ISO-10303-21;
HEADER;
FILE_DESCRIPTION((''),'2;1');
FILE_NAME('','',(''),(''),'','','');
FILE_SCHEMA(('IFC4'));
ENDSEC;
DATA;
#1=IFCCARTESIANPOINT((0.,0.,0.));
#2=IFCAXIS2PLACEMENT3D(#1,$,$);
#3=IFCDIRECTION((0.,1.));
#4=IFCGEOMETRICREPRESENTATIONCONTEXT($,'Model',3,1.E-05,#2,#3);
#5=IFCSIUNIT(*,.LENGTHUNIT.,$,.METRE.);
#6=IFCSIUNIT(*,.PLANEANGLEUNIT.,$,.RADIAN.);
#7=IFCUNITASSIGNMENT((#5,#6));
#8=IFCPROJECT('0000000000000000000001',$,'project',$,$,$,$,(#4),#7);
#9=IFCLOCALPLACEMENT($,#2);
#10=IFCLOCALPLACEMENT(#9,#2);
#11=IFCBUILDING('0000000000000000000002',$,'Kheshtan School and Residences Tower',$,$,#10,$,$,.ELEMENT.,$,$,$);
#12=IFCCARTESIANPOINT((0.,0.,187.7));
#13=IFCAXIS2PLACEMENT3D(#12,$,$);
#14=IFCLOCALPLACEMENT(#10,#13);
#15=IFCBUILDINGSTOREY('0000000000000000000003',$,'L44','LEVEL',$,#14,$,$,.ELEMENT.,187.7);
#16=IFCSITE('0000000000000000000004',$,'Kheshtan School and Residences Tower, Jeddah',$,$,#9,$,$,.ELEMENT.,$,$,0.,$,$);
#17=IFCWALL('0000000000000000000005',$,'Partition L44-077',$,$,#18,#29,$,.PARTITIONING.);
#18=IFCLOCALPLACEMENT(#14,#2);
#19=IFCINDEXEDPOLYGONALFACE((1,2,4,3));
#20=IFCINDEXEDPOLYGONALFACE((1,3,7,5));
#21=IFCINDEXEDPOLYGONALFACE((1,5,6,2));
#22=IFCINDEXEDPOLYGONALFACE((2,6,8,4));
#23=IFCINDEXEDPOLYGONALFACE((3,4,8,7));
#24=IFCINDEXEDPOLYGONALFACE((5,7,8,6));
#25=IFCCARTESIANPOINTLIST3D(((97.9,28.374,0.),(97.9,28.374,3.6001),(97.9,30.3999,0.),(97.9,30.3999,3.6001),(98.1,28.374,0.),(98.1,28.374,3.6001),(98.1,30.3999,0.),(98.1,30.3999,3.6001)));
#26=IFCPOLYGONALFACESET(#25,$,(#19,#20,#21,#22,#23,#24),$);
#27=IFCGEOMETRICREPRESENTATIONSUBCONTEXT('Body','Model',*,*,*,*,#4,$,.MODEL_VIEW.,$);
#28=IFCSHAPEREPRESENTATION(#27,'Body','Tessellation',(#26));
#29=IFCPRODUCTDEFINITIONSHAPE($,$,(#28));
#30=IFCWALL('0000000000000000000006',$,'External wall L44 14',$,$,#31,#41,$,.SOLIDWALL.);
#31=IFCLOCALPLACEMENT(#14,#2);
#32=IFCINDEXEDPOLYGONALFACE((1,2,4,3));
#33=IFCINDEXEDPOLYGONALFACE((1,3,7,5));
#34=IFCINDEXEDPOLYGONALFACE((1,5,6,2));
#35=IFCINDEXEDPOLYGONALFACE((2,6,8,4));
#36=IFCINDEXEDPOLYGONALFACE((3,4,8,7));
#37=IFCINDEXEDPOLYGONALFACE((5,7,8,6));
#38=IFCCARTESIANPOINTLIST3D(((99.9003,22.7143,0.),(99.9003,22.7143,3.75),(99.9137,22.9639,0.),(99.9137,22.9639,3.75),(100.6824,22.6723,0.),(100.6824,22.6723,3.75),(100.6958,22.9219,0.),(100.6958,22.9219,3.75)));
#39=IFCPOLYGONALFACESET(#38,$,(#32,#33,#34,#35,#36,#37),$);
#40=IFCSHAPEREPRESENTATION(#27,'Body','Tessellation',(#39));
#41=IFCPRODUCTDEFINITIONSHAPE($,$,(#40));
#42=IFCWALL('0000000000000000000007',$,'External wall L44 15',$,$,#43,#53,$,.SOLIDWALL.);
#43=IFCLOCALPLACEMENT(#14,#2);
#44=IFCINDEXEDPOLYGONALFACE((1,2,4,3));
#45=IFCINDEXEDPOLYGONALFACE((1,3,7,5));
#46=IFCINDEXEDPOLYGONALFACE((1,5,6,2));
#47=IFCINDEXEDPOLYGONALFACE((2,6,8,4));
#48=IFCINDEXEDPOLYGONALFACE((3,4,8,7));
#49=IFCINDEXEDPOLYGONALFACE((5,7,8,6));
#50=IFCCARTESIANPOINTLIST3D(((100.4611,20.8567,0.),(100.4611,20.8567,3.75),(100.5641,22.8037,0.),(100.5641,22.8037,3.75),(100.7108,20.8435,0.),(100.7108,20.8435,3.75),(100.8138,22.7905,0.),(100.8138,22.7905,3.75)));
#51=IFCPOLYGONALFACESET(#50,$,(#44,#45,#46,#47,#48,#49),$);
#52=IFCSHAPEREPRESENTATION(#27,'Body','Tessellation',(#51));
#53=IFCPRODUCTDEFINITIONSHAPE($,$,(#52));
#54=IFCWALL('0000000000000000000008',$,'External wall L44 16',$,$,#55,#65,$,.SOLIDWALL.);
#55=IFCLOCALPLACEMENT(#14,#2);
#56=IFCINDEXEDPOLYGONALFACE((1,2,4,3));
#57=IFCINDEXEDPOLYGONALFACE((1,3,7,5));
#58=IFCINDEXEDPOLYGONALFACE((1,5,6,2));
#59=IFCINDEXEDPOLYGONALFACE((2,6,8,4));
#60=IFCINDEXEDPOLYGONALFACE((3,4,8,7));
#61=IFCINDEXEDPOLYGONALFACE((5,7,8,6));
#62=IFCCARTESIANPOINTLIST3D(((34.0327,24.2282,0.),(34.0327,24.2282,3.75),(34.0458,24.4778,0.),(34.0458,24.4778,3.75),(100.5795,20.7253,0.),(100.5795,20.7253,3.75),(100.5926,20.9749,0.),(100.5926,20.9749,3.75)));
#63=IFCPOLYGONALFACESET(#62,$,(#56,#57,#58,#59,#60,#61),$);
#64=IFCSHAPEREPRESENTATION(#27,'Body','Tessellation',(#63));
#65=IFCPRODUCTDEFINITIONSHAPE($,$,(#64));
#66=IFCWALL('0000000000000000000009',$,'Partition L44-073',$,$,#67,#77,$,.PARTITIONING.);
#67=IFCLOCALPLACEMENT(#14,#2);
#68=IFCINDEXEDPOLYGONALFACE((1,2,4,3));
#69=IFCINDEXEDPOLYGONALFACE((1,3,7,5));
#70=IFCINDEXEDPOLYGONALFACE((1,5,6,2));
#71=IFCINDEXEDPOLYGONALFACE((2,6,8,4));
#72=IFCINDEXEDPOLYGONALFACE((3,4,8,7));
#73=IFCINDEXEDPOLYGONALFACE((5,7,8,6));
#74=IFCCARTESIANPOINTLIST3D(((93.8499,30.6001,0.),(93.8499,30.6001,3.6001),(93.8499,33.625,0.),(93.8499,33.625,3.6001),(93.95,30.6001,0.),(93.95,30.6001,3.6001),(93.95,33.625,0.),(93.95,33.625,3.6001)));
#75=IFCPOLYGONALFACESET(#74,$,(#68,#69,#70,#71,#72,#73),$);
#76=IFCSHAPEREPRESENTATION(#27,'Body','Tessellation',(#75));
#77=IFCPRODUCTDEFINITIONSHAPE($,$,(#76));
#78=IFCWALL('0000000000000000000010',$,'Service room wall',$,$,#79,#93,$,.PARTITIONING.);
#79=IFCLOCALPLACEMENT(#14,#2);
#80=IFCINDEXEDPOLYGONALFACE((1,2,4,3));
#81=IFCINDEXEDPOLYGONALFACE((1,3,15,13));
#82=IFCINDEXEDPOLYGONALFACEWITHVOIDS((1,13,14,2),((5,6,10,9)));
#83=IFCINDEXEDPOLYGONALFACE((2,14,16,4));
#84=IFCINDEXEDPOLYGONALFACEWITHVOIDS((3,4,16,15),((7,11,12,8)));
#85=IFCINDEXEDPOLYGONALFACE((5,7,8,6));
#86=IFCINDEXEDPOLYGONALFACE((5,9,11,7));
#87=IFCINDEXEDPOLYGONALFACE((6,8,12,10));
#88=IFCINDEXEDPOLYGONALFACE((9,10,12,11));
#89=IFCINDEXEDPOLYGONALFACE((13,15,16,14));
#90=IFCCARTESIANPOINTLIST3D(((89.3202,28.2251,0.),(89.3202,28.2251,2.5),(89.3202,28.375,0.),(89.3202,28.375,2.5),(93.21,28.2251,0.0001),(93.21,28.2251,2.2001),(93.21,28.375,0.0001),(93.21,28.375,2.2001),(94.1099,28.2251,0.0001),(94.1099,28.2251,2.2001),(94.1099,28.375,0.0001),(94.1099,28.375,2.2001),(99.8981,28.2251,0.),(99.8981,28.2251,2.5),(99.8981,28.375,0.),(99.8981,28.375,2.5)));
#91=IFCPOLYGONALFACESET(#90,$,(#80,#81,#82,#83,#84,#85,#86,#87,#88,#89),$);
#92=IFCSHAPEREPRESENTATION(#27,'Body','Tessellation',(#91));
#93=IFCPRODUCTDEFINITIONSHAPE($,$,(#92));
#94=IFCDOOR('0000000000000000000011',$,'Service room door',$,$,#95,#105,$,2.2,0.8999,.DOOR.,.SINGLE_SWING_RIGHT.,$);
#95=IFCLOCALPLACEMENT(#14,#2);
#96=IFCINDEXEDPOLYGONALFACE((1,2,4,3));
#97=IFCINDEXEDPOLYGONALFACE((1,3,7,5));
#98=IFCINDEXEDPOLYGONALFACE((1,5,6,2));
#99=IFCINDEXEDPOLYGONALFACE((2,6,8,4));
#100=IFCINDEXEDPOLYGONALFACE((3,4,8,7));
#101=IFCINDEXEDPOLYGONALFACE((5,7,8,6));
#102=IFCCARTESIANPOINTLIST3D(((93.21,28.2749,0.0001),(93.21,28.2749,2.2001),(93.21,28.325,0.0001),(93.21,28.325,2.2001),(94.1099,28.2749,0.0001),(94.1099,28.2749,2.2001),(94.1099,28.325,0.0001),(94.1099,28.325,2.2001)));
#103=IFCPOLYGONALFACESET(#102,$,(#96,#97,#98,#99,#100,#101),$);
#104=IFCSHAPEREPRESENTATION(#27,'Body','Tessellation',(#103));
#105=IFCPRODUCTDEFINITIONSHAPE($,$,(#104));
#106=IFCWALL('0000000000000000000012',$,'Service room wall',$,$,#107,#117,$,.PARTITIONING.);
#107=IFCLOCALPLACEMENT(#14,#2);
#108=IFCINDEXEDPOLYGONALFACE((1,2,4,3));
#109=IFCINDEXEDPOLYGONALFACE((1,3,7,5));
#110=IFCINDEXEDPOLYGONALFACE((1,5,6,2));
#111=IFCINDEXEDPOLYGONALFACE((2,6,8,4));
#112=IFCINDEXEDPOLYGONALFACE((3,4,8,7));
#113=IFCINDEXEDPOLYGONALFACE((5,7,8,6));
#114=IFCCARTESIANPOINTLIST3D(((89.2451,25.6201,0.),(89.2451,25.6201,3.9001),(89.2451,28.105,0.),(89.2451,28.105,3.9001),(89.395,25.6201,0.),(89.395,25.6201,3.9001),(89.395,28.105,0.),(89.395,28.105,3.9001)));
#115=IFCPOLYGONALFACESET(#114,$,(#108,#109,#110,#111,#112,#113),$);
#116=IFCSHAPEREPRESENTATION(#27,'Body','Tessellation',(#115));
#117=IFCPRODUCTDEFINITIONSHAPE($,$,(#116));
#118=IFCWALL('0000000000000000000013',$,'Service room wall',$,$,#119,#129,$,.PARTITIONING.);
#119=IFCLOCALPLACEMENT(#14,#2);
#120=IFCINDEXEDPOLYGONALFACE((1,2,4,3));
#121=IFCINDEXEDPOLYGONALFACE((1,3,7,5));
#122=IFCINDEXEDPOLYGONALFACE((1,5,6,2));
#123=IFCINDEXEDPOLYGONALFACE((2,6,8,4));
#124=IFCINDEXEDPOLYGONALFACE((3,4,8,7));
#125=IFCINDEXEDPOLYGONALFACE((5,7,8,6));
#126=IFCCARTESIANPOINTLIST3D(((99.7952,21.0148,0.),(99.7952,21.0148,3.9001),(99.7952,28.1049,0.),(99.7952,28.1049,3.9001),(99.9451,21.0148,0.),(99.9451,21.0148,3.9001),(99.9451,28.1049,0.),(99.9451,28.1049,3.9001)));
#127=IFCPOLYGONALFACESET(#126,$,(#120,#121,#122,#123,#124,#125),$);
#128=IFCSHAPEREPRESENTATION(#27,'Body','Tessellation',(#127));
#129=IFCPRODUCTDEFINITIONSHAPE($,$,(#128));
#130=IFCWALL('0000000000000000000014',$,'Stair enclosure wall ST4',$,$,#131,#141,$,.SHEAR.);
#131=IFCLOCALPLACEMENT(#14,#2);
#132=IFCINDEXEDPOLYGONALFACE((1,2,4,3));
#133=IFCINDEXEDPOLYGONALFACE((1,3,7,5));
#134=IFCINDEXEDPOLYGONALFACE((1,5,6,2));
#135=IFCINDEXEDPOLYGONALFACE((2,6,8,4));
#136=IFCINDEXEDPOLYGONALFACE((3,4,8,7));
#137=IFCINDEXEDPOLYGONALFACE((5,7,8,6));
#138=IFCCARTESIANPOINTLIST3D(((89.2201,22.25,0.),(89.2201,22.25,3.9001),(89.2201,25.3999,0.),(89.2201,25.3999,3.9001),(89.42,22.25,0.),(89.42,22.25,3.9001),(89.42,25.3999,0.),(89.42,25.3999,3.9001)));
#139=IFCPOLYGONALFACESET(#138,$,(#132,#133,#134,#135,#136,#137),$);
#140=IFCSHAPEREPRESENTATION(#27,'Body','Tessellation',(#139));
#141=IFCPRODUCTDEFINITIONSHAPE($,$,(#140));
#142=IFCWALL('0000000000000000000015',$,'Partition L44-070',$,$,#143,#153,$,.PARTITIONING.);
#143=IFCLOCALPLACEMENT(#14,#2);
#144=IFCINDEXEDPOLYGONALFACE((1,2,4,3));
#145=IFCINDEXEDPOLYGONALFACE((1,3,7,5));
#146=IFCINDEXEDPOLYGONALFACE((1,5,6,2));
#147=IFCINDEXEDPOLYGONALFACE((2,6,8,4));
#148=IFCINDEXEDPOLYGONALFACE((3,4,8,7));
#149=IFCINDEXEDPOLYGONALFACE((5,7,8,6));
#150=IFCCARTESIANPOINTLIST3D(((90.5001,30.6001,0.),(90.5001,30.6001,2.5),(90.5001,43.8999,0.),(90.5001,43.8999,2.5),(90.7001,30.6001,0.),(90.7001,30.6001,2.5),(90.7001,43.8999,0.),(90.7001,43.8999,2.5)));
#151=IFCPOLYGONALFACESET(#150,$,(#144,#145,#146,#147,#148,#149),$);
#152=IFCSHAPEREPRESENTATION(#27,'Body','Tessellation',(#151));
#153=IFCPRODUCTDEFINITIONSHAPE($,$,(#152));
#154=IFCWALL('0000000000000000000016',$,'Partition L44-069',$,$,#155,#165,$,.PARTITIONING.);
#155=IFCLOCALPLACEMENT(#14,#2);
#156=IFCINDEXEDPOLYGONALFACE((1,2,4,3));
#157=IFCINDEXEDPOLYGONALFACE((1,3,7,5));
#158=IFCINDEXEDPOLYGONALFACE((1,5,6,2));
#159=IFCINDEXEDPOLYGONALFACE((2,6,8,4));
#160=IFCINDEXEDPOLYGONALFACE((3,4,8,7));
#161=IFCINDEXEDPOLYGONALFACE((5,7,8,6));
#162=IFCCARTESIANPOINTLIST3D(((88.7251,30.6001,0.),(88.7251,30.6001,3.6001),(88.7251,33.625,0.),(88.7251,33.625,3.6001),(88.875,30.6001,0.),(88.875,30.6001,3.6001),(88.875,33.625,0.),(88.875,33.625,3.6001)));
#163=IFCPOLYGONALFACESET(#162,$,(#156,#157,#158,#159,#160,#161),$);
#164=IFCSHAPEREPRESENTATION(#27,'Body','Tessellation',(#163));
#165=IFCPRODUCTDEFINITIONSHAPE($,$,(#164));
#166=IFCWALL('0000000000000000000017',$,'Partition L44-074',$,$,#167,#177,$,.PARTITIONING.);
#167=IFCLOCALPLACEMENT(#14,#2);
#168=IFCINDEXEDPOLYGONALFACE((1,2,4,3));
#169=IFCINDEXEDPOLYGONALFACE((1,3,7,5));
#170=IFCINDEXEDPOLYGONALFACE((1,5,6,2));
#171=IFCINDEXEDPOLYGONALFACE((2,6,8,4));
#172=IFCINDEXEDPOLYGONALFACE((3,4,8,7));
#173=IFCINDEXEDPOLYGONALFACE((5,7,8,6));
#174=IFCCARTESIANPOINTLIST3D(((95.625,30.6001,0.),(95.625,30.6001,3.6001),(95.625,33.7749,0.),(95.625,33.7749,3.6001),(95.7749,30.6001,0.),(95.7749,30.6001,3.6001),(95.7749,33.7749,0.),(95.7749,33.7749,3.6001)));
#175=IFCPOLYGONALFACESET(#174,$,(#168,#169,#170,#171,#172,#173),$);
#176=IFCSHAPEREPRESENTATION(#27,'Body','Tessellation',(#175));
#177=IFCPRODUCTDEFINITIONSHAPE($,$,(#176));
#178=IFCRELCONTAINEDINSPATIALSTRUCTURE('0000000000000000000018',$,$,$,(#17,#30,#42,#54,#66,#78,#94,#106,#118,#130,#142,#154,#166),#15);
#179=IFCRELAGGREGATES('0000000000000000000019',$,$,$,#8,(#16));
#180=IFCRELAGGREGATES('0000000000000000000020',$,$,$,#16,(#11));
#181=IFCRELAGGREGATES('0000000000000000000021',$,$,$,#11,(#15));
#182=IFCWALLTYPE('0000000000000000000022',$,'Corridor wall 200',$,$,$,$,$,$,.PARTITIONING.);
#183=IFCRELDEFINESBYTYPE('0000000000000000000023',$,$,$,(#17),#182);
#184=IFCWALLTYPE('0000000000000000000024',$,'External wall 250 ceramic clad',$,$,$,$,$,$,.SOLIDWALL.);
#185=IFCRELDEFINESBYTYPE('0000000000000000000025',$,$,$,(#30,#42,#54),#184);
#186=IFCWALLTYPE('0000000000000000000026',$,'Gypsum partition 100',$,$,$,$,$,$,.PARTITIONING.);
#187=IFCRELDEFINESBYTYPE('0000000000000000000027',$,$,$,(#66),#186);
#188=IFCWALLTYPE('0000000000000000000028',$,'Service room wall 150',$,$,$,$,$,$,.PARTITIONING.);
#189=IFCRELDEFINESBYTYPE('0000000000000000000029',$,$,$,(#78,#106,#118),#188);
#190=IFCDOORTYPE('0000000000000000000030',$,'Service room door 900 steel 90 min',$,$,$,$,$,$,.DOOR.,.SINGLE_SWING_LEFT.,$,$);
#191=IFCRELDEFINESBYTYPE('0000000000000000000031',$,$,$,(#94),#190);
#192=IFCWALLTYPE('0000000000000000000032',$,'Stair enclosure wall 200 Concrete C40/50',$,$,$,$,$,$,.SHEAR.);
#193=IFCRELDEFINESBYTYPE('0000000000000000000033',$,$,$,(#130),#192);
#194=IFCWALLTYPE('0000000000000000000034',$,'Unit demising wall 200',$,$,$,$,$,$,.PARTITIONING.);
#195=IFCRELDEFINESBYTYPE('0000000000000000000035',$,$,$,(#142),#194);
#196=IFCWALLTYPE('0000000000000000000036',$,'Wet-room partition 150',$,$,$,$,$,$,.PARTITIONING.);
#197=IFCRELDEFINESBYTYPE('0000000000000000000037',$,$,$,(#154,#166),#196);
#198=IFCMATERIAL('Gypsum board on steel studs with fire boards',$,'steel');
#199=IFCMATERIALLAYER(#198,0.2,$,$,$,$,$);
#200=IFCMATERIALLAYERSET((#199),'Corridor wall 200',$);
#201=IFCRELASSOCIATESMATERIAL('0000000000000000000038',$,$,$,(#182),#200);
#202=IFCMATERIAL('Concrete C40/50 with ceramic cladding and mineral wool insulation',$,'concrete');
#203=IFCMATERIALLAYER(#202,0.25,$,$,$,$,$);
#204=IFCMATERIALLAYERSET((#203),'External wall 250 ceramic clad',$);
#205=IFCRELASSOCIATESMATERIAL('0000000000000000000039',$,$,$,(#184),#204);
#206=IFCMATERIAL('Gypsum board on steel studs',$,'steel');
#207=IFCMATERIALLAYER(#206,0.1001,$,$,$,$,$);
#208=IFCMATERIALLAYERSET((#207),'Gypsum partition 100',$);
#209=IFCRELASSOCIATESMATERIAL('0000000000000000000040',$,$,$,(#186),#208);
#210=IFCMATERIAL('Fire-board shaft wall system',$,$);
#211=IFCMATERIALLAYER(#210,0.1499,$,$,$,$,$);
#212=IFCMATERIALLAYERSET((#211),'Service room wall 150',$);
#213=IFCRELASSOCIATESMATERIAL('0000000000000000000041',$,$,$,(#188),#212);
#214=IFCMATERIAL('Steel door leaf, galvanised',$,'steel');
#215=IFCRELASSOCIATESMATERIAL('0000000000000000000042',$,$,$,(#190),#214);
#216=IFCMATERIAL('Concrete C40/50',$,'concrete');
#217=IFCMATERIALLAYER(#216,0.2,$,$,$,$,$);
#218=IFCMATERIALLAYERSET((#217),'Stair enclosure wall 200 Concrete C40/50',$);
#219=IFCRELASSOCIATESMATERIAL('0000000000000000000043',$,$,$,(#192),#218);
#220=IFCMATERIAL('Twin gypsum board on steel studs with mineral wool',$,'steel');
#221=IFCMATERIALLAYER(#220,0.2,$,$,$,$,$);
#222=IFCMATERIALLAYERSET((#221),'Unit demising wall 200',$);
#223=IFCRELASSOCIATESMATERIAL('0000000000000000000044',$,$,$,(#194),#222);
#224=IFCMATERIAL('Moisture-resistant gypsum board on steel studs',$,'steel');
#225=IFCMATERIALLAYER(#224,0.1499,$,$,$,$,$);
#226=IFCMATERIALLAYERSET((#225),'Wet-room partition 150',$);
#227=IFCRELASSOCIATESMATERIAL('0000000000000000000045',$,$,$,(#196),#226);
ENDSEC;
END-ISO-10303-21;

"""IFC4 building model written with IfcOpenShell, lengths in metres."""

from ifc_helpers import new_model, si_unit, direction, frame, frame_2d, origin, place, context, subcontext, project, spatial, rectangle, extrude, source, transform, mapped, material, layer, layer_set, type_object, element, fill, save


model = new_model("IFC4")

# Units and contexts
model_context = context("Model", 3, precision=1e-05, world=origin(), true_north=direction((0.0, 1.0)))
body_context = subcontext(model_context, "Body", "Model", "MODEL_VIEW")
ifc_project = project(units=[si_unit("LENGTHUNIT", "METRE"), si_unit("PLANEANGLEUNIT", "RADIAN")], contexts=[model_context])

# Site, building, storey
site_placement = place(None, origin())
site = spatial("IfcSite", under=ifc_project, at=site_placement, Name="Kheshtan School and Residences Tower, Jeddah", CompositionType="ELEMENT", RefElevation=0.0)
building_placement = place(site_placement, origin())
building = spatial("IfcBuilding", under=site, at=building_placement, Name="Kheshtan School and Residences Tower", CompositionType="ELEMENT")
storey_placement = place(building_placement, frame((0.0, 0.0, 187.7)))
storey = spatial("IfcBuildingStorey", under=building, at=storey_placement, Name="L44", Description="LEVEL", CompositionType="ELEMENT", Elevation=187.7)

# Walls
ifc_material_1 = material(Name="Gypsum board on steel studs with fire boards", Category="steel")
ifc_layer_1 = layer(ifc_material_1, 0.2)
ifc_layer_set_1 = layer_set([ifc_layer_1], Name="Corridor wall 200")
wall_type_1 = type_object("IfcWallType", Name="Corridor wall 200", PredefinedType="PARTITIONING", material=ifc_layer_set_1)
wall_1_placement = place(storey_placement, frame((98.0, 28.374, 0.0), z_axis=(0.0, 0.0, 1.0), x_axis=(0.0, 1.0, 0.0)))
element("IfcWall", 1, at=wall_1_placement, inside=storey, type_object=wall_type_1, Name="Partition L44-077", PredefinedType="PARTITIONING", context=body_context, shape_type="SweptSolid", body=[
    extrude(rectangle(XDim=2.0259, YDim=0.2, at=frame_2d((1.0129, 0.0))), origin(), (0.0, 0.0, 1.0), 3.6001),
])
ifc_material_2 = material(Name="Concrete C40/50 with ceramic cladding and mineral wool insulation", Category="concrete")
ifc_layer_2 = layer(ifc_material_2, 0.25)
ifc_layer_set_2 = layer_set([ifc_layer_2], Name="External wall 250 ceramic clad")
wall_type_2 = type_object("IfcWallType", Name="External wall 250 ceramic clad", PredefinedType="SOLIDWALL", material=ifc_layer_set_2)
wall_2_placement = place(storey_placement, frame((99.907, 22.8391, 0.0), z_axis=(0.0, 0.0, 1.0), x_axis=(0.998561, -0.053622, 0.0)))
element("IfcWall", 2, at=wall_2_placement, inside=storey, type_object=wall_type_2, Name="External wall L44 14", PredefinedType="SOLIDWALL", context=body_context, shape_type="SweptSolid", body=[
    extrude(rectangle(XDim=0.7832, YDim=0.25, at=frame_2d((0.3916, 0.0))), origin(), (0.0, 0.0, 1.0), 3.75),
])
wall_3_placement = place(storey_placement, frame((100.689, 22.7971, 0.0), z_axis=(0.0, 0.0, 1.0), x_axis=(-0.052841, -0.998603, 0.0)))
element("IfcWall", 3, at=wall_3_placement, inside=storey, type_object=wall_type_2, Name="External wall L44 15", PredefinedType="SOLIDWALL", context=body_context, shape_type="SweptSolid", body=[
    extrude(rectangle(XDim=1.9497, YDim=0.25, at=frame_2d((0.9749, 0.0))), origin(), (0.0, 0.0, 1.0), 3.75),
])
wall_4_placement = place(storey_placement, frame((100.5859, 20.8501, 0.0), z_axis=(0.0, 0.0, 1.0), x_axis=(-0.998617, 0.052566, 0.0)))
element("IfcWall", 4, at=wall_4_placement, inside=storey, type_object=wall_type_2, Name="External wall L44 16", PredefinedType="SOLIDWALL", context=body_context, shape_type="SweptSolid", body=[
    extrude(rectangle(XDim=66.6389, YDim=0.25, at=frame_2d((33.3193, 0.0))), origin(), (0.0, 0.0, 1.0), 3.75),
])
ifc_material_3 = material(Name="Gypsum board on steel studs", Category="steel")
ifc_layer_3 = layer(ifc_material_3, 0.1001)
ifc_layer_set_3 = layer_set([ifc_layer_3], Name="Gypsum partition 100")
wall_type_3 = type_object("IfcWallType", Name="Gypsum partition 100", PredefinedType="PARTITIONING", material=ifc_layer_set_3)
wall_5_placement = place(storey_placement, frame((93.8999, 30.6001, 0.0), z_axis=(0.0, 0.0, 1.0), x_axis=(0.0, 1.0, 0.0)))
element("IfcWall", 5, at=wall_5_placement, inside=storey, type_object=wall_type_3, Name="Partition L44-073", PredefinedType="PARTITIONING", context=body_context, shape_type="SweptSolid", body=[
    extrude(rectangle(XDim=3.0249, YDim=0.1001, at=frame_2d((1.5125, 0.0))), origin(), (0.0, 0.0, 1.0), 3.6001),
])

# Wall, opening, door
ifc_material_4 = material(Name="Fire-board shaft wall system")
ifc_layer_4 = layer(ifc_material_4, 0.1499)
ifc_layer_set_4 = layer_set([ifc_layer_4], Name="Service room wall 150")
wall_type_4 = type_object("IfcWallType", Name="Service room wall 150", PredefinedType="PARTITIONING", material=ifc_layer_set_4)
wall_6_placement = place(storey_placement, frame((89.3201, 28.3, 0.0), z_axis=(0.0, 0.0, 1.0), x_axis=(1.0, 0.0, 0.0)))
wall_6 = element("IfcWall", 6, at=wall_6_placement, inside=storey, type_object=wall_type_4, Name="Service room wall", PredefinedType="PARTITIONING", context=body_context, shape_type="SweptSolid", body=[
    extrude(rectangle(XDim=10.5779, YDim=0.1499, at=frame_2d((5.2891, 0.0))), origin(), (0.0, 0.0, 1.0), 2.5),
])
opening_placement = place(wall_6_placement, frame((3.8899, 0.0, 0.0)))
opening = element("IfcOpeningElement", 7, at=opening_placement, cuts=wall_6, PredefinedType="OPENING", context=body_context, shape_type="SweptSolid", body=[
    extrude(rectangle(XDim=0.8999, YDim=2.2, at=frame_2d((0.45, 1.1001))), frame((0.0, 0.085, 0.0), z_axis=(0.0, -1.0, 0.0), x_axis=(1.0, 0.0, 0.0)), (0.0, 0.0, 1.0), 0.1699),
])
ifc_material_5 = material(Name="Steel door leaf, galvanised", Category="steel")
door_type = type_object("IfcDoorType", Name="Service room door 900 steel 90 min", OperationType="SINGLE_SWING_LEFT", PredefinedType="DOOR", material=ifc_material_5)
shared_shape = source(origin(), body_context, "Body", "SweptSolid", [
    extrude(rectangle(XDim=0.8999, YDim=2.2, at=frame_2d((0.45, 1.1001))), frame((0.0, 0.0249, 0.0), z_axis=(0.0, -1.0, 0.0), x_axis=(1.0, 0.0, 0.0)), (0.0, 0.0, 1.0), 0.05),
])
door_placement = place(opening_placement, origin())
door = element("IfcDoor", 8, at=door_placement, inside=storey, type_object=door_type, Name="Service room door", OperationType="SINGLE_SWING_RIGHT", OverallHeight=2.2, OverallWidth=0.8999, PredefinedType="DOOR", context=body_context, shape_type="MappedRepresentation", body=[
    mapped(shared_shape, transform((0.0, 0.0, 0.0), x_axis=(1.0, 0.0, 0.0), y_axis=(0.0, 1.0, 0.0), z_axis=(0.0, 0.0, 1.0), scale=1.0)),
])
fill(opening, door)

# Walls
wall_7_placement = place(storey_placement, frame((89.3201, 25.6201, 0.0), z_axis=(0.0, 0.0, 1.0), x_axis=(0.0, 1.0, 0.0)))
element("IfcWall", 9, at=wall_7_placement, inside=storey, type_object=wall_type_4, Name="Service room wall", PredefinedType="PARTITIONING", context=body_context, shape_type="SweptSolid", body=[
    extrude(rectangle(XDim=2.4849, YDim=0.1499, at=frame_2d((1.2424, 0.0))), origin(), (0.0, 0.0, 1.0), 3.9001),
])
wall_8_placement = place(storey_placement, frame((99.8701, 21.0149, 0.0), z_axis=(0.0, 0.0, 1.0), x_axis=(0.0, 1.0, 0.0)))
element("IfcWall", 10, at=wall_8_placement, inside=storey, type_object=wall_type_4, Name="Service room wall", PredefinedType="PARTITIONING", context=body_context, shape_type="SweptSolid", body=[
    extrude(rectangle(XDim=7.0901, YDim=0.1499, at=frame_2d((3.5449, 0.0))), origin(), (0.0, 0.0, 1.0), 3.9001),
])
ifc_material_6 = material(Name="Concrete C40/50", Category="concrete")
ifc_layer_5 = layer(ifc_material_6, 0.2)
ifc_layer_set_5 = layer_set([ifc_layer_5], Name="Stair enclosure wall 200 Concrete C40/50")
wall_type_5 = type_object("IfcWallType", Name="Stair enclosure wall 200 Concrete C40/50", PredefinedType="SHEAR", material=ifc_layer_set_5)
wall_9_placement = place(storey_placement, frame((89.3201, 22.25, 0.0), z_axis=(0.0, 0.0, 1.0), x_axis=(0.0, 1.0, 0.0)))
element("IfcWall", 11, at=wall_9_placement, inside=storey, type_object=wall_type_5, Name="Stair enclosure wall ST4", PredefinedType="SHEAR", context=body_context, shape_type="SweptSolid", body=[
    extrude(rectangle(XDim=3.1499, YDim=0.2, at=frame_2d((1.575, 0.0))), origin(), (0.0, 0.0, 1.0), 3.9001),
])
ifc_material_7 = material(Name="Twin gypsum board on steel studs with mineral wool", Category="steel")
ifc_layer_6 = layer(ifc_material_7, 0.2)
ifc_layer_set_6 = layer_set([ifc_layer_6], Name="Unit demising wall 200")
wall_type_6 = type_object("IfcWallType", Name="Unit demising wall 200", PredefinedType="PARTITIONING", material=ifc_layer_set_6)
wall_10_placement = place(storey_placement, frame((90.6001, 30.6001, 0.0), z_axis=(0.0, 0.0, 1.0), x_axis=(0.0, 1.0, 0.0)))
element("IfcWall", 12, at=wall_10_placement, inside=storey, type_object=wall_type_6, Name="Partition L44-070", PredefinedType="PARTITIONING", context=body_context, shape_type="SweptSolid", body=[
    extrude(rectangle(XDim=13.2998, YDim=0.2, at=frame_2d((6.6499, 0.0))), origin(), (0.0, 0.0, 1.0), 2.5),
])
ifc_material_8 = material(Name="Moisture-resistant gypsum board on steel studs", Category="steel")
ifc_layer_7 = layer(ifc_material_8, 0.1499)
ifc_layer_set_7 = layer_set([ifc_layer_7], Name="Wet-room partition 150")
wall_type_7 = type_object("IfcWallType", Name="Wet-room partition 150", PredefinedType="PARTITIONING", material=ifc_layer_set_7)
wall_11_placement = place(storey_placement, frame((88.8, 30.6001, 0.0), z_axis=(0.0, 0.0, 1.0), x_axis=(0.0, 1.0, 0.0)))
element("IfcWall", 13, at=wall_11_placement, inside=storey, type_object=wall_type_7, Name="Partition L44-069", PredefinedType="PARTITIONING", context=body_context, shape_type="SweptSolid", body=[
    extrude(rectangle(XDim=3.0249, YDim=0.1499, at=frame_2d((1.5125, 0.0))), origin(), (0.0, 0.0, 1.0), 3.6001),
])
wall_12_placement = place(storey_placement, frame((95.7, 30.6001, 0.0), z_axis=(0.0, 0.0, 1.0), x_axis=(0.0, 1.0, 0.0)))
element("IfcWall", 14, at=wall_12_placement, inside=storey, type_object=wall_type_7, Name="Partition L44-074", PredefinedType="PARTITIONING", context=body_context, shape_type="SweptSolid", body=[
    extrude(rectangle(XDim=3.1748, YDim=0.1499, at=frame_2d((1.5874, 0.0))), origin(), (0.0, 0.0, 1.0), 3.6001),
])

save(model, "model.ifc")
